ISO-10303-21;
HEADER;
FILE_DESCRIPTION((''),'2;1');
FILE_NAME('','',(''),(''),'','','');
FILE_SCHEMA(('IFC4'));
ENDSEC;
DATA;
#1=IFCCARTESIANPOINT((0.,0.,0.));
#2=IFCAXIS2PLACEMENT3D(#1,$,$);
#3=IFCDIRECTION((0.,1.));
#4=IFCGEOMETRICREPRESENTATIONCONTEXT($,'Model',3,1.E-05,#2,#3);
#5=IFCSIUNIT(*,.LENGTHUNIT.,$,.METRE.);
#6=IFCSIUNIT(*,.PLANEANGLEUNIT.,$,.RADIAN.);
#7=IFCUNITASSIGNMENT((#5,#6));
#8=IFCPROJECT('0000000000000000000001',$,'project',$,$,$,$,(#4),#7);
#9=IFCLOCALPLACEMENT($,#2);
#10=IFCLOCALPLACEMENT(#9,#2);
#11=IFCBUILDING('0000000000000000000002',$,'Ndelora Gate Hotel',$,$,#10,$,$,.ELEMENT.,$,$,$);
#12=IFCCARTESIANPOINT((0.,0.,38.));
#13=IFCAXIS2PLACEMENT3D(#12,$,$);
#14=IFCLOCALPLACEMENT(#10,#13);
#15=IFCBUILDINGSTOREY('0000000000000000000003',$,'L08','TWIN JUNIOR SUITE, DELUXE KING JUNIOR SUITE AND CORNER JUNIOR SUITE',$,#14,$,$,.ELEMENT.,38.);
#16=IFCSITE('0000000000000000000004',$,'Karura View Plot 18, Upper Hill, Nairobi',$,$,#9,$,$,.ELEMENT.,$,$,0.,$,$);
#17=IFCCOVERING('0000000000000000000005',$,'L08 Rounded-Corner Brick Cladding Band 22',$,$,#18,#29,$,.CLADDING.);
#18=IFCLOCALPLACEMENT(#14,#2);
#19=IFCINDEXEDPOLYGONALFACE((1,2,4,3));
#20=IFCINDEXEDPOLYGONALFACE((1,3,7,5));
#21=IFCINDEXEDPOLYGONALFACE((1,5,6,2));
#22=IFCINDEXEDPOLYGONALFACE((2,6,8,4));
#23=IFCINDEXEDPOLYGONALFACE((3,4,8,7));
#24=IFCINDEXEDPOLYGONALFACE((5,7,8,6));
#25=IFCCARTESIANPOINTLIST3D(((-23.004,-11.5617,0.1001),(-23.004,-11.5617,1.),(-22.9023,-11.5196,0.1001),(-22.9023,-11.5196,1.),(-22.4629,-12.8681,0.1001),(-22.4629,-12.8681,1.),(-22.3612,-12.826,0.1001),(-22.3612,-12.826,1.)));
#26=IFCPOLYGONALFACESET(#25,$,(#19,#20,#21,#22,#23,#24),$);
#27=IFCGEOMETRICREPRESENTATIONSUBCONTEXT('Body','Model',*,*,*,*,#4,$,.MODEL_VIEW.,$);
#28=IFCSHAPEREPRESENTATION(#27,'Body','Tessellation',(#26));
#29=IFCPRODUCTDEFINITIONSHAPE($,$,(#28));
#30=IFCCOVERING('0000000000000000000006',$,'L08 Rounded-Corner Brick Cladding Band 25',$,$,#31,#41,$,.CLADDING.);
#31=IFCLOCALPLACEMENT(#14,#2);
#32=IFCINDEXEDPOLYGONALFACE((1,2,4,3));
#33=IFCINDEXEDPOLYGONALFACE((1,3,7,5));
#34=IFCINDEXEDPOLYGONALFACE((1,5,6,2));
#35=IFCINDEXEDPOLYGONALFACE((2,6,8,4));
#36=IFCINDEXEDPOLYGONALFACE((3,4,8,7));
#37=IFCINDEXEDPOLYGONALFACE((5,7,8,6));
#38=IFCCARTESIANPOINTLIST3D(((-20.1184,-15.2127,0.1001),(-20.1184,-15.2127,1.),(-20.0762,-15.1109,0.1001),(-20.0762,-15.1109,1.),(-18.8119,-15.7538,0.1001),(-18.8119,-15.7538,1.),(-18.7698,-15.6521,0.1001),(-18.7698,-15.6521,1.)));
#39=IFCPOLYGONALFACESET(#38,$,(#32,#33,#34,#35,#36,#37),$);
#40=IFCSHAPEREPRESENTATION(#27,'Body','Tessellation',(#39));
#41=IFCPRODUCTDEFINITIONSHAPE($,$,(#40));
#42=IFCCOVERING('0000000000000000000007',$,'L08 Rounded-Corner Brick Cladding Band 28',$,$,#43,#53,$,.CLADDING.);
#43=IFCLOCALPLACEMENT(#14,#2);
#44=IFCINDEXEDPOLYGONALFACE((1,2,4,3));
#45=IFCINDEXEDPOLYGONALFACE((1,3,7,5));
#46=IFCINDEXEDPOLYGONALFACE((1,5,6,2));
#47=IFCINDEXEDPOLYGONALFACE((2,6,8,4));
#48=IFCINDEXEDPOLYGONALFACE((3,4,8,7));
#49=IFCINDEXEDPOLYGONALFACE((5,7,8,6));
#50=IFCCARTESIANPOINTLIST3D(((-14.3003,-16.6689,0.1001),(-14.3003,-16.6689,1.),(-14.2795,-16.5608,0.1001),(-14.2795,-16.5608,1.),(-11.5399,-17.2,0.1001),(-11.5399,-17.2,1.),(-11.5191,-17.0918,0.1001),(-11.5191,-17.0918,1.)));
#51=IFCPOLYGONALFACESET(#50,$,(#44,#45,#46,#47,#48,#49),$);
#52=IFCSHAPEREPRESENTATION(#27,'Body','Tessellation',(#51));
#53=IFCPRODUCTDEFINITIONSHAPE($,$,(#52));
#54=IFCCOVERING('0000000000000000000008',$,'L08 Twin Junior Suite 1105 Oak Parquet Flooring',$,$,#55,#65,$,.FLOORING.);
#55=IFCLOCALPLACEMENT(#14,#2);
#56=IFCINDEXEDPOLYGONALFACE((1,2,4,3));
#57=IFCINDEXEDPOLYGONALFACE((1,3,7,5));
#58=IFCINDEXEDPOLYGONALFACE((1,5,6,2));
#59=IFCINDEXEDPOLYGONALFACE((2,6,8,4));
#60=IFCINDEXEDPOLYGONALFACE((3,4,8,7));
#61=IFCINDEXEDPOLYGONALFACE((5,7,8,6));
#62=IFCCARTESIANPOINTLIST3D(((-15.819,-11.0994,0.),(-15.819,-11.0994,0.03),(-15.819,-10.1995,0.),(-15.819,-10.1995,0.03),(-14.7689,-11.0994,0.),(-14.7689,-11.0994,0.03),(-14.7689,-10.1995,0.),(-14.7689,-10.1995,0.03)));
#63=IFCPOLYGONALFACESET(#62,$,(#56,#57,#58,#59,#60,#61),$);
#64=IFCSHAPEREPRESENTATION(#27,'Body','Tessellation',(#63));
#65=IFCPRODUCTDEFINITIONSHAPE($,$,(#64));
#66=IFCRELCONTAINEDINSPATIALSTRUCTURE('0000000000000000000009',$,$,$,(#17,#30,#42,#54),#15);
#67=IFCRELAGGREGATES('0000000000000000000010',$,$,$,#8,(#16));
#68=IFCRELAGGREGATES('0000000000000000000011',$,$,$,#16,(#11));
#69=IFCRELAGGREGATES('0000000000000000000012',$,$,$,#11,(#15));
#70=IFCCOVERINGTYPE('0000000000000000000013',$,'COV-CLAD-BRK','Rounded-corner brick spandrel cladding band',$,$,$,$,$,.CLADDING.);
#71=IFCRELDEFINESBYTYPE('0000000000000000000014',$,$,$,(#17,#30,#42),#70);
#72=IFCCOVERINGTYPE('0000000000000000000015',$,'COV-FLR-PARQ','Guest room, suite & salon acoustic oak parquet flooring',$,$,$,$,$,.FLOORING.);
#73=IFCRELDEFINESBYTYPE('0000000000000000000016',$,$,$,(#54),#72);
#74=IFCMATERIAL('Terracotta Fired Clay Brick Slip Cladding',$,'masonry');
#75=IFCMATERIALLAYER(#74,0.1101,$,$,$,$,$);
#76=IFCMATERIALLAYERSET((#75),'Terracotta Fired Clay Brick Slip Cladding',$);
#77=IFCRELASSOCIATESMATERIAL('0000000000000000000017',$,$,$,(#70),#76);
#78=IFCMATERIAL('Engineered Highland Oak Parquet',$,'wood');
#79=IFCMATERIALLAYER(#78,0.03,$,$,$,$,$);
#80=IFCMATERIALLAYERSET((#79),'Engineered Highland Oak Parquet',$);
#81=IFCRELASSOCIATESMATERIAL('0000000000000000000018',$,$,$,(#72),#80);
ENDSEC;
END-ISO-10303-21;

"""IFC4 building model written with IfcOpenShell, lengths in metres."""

from ifc_helpers import new_model, si_unit, direction, frame, origin, origin_2d, place, context, subcontext, project, spatial, rectangle, extrude, material, layer, layer_set, type_object, element, save


model = new_model("IFC4")

# Units and contexts
model_context = context("Model", 3, precision=1e-05, world=origin(), true_north=direction((0.0, 1.0)))
body_context = subcontext(model_context, "Body", "Model", "MODEL_VIEW")
ifc_project = project(units=[si_unit("LENGTHUNIT", "METRE"), si_unit("PLANEANGLEUNIT", "RADIAN")], contexts=[model_context])

# Site, building, storey
site_placement = place(None, origin())
site = spatial("IfcSite", under=ifc_project, at=site_placement, Name="Karura View Plot 18, Upper Hill, Nairobi", CompositionType="ELEMENT", RefElevation=0.0)
building_placement = place(site_placement, origin())
building = spatial("IfcBuilding", under=site, at=building_placement, Name="Ndelora Gate Hotel", CompositionType="ELEMENT")
storey_placement = place(building_placement, frame((0.0, 0.0, 38.0)))
storey = spatial("IfcBuildingStorey", under=building, at=storey_placement, Name="L08", Description="TWIN JUNIOR SUITE, DELUXE KING JUNIOR SUITE AND CORNER JUNIOR SUITE", CompositionType="ELEMENT", Elevation=38.0)

# Coverings
ifc_material_1 = material(Name="Terracotta Fired Clay Brick Slip Cladding", Category="masonry")
ifc_layer_1 = layer(ifc_material_1, 0.1101)
ifc_layer_set_1 = layer_set([ifc_layer_1], Name="Terracotta Fired Clay Brick Slip Cladding")
covering_type_1 = type_object("IfcCoveringType", Name="COV-CLAD-BRK", Description="Rounded-corner brick spandrel cladding band", PredefinedType="CLADDING", material=ifc_layer_set_1)
for number, where, z_axis, x_axis, name in (
    (1, (-22.6826, -12.1938, 0.1001), (0.0, 0.0, 1.0), (-0.382683, 0.92388, 0.0), "L08 Rounded-Corner Brick Cladding Band 22"),
    (2, (-19.4441, -15.4324, 0.1001), (0.0, 0.0, 1.0), (-0.92388, 0.382683, 0.0), "L08 Rounded-Corner Brick Cladding Band 25"),
):
    element("IfcCovering", number, at=place(storey_placement, frame(where, z_axis=z_axis, x_axis=x_axis)), inside=storey, type_object=covering_type_1, Name=name, PredefinedType="CLADDING", context=body_context, shape_type="SweptSolid", body=[
        extrude(rectangle(XDim=1.4141, YDim=0.1101, at=origin_2d()), origin(), (0.0, 0.0, 1.0), 0.8999),
    ])
covering_1_placement = place(storey_placement, frame((-12.9097, -16.8804, 0.1001), z_axis=(0.0, 0.0, 1.0), x_axis=(-0.981992, 0.188924, 0.0)))
element("IfcCovering", 3, at=covering_1_placement, inside=storey, type_object=covering_type_1, Name="L08 Rounded-Corner Brick Cladding Band 28", PredefinedType="CLADDING", context=body_context, shape_type="SweptSolid", body=[
    extrude(rectangle(XDim=2.811, YDim=0.1101, at=origin_2d()), origin(), (0.0, 0.0, 1.0), 0.8999),
])
ifc_material_2 = material(Name="Engineered Highland Oak Parquet", Category="wood")
ifc_layer_2 = layer(ifc_material_2, 0.03)
ifc_layer_set_2 = layer_set([ifc_layer_2], Name="Engineered Highland Oak Parquet")
covering_type_2 = type_object("IfcCoveringType", Name="COV-FLR-PARQ", Description="Guest room, suite & salon acoustic oak parquet flooring", PredefinedType="FLOORING", material=ifc_layer_set_2)
covering_2_placement = place(storey_placement, frame((-15.2939, -10.6494, 0.0), z_axis=(0.0, 0.0, 1.0), x_axis=(1.0, 0.0, 0.0)))
element("IfcCovering", 4, at=covering_2_placement, inside=storey, type_object=covering_type_2, Name="L08 Twin Junior Suite 1105 Oak Parquet Flooring", PredefinedType="FLOORING", context=body_context, shape_type="SweptSolid", body=[
    extrude(rectangle(XDim=1.05, YDim=0.8999, at=origin_2d()), origin(), (0.0, 0.0, 1.0), 0.03),
])

save(model, "model.ifc")
